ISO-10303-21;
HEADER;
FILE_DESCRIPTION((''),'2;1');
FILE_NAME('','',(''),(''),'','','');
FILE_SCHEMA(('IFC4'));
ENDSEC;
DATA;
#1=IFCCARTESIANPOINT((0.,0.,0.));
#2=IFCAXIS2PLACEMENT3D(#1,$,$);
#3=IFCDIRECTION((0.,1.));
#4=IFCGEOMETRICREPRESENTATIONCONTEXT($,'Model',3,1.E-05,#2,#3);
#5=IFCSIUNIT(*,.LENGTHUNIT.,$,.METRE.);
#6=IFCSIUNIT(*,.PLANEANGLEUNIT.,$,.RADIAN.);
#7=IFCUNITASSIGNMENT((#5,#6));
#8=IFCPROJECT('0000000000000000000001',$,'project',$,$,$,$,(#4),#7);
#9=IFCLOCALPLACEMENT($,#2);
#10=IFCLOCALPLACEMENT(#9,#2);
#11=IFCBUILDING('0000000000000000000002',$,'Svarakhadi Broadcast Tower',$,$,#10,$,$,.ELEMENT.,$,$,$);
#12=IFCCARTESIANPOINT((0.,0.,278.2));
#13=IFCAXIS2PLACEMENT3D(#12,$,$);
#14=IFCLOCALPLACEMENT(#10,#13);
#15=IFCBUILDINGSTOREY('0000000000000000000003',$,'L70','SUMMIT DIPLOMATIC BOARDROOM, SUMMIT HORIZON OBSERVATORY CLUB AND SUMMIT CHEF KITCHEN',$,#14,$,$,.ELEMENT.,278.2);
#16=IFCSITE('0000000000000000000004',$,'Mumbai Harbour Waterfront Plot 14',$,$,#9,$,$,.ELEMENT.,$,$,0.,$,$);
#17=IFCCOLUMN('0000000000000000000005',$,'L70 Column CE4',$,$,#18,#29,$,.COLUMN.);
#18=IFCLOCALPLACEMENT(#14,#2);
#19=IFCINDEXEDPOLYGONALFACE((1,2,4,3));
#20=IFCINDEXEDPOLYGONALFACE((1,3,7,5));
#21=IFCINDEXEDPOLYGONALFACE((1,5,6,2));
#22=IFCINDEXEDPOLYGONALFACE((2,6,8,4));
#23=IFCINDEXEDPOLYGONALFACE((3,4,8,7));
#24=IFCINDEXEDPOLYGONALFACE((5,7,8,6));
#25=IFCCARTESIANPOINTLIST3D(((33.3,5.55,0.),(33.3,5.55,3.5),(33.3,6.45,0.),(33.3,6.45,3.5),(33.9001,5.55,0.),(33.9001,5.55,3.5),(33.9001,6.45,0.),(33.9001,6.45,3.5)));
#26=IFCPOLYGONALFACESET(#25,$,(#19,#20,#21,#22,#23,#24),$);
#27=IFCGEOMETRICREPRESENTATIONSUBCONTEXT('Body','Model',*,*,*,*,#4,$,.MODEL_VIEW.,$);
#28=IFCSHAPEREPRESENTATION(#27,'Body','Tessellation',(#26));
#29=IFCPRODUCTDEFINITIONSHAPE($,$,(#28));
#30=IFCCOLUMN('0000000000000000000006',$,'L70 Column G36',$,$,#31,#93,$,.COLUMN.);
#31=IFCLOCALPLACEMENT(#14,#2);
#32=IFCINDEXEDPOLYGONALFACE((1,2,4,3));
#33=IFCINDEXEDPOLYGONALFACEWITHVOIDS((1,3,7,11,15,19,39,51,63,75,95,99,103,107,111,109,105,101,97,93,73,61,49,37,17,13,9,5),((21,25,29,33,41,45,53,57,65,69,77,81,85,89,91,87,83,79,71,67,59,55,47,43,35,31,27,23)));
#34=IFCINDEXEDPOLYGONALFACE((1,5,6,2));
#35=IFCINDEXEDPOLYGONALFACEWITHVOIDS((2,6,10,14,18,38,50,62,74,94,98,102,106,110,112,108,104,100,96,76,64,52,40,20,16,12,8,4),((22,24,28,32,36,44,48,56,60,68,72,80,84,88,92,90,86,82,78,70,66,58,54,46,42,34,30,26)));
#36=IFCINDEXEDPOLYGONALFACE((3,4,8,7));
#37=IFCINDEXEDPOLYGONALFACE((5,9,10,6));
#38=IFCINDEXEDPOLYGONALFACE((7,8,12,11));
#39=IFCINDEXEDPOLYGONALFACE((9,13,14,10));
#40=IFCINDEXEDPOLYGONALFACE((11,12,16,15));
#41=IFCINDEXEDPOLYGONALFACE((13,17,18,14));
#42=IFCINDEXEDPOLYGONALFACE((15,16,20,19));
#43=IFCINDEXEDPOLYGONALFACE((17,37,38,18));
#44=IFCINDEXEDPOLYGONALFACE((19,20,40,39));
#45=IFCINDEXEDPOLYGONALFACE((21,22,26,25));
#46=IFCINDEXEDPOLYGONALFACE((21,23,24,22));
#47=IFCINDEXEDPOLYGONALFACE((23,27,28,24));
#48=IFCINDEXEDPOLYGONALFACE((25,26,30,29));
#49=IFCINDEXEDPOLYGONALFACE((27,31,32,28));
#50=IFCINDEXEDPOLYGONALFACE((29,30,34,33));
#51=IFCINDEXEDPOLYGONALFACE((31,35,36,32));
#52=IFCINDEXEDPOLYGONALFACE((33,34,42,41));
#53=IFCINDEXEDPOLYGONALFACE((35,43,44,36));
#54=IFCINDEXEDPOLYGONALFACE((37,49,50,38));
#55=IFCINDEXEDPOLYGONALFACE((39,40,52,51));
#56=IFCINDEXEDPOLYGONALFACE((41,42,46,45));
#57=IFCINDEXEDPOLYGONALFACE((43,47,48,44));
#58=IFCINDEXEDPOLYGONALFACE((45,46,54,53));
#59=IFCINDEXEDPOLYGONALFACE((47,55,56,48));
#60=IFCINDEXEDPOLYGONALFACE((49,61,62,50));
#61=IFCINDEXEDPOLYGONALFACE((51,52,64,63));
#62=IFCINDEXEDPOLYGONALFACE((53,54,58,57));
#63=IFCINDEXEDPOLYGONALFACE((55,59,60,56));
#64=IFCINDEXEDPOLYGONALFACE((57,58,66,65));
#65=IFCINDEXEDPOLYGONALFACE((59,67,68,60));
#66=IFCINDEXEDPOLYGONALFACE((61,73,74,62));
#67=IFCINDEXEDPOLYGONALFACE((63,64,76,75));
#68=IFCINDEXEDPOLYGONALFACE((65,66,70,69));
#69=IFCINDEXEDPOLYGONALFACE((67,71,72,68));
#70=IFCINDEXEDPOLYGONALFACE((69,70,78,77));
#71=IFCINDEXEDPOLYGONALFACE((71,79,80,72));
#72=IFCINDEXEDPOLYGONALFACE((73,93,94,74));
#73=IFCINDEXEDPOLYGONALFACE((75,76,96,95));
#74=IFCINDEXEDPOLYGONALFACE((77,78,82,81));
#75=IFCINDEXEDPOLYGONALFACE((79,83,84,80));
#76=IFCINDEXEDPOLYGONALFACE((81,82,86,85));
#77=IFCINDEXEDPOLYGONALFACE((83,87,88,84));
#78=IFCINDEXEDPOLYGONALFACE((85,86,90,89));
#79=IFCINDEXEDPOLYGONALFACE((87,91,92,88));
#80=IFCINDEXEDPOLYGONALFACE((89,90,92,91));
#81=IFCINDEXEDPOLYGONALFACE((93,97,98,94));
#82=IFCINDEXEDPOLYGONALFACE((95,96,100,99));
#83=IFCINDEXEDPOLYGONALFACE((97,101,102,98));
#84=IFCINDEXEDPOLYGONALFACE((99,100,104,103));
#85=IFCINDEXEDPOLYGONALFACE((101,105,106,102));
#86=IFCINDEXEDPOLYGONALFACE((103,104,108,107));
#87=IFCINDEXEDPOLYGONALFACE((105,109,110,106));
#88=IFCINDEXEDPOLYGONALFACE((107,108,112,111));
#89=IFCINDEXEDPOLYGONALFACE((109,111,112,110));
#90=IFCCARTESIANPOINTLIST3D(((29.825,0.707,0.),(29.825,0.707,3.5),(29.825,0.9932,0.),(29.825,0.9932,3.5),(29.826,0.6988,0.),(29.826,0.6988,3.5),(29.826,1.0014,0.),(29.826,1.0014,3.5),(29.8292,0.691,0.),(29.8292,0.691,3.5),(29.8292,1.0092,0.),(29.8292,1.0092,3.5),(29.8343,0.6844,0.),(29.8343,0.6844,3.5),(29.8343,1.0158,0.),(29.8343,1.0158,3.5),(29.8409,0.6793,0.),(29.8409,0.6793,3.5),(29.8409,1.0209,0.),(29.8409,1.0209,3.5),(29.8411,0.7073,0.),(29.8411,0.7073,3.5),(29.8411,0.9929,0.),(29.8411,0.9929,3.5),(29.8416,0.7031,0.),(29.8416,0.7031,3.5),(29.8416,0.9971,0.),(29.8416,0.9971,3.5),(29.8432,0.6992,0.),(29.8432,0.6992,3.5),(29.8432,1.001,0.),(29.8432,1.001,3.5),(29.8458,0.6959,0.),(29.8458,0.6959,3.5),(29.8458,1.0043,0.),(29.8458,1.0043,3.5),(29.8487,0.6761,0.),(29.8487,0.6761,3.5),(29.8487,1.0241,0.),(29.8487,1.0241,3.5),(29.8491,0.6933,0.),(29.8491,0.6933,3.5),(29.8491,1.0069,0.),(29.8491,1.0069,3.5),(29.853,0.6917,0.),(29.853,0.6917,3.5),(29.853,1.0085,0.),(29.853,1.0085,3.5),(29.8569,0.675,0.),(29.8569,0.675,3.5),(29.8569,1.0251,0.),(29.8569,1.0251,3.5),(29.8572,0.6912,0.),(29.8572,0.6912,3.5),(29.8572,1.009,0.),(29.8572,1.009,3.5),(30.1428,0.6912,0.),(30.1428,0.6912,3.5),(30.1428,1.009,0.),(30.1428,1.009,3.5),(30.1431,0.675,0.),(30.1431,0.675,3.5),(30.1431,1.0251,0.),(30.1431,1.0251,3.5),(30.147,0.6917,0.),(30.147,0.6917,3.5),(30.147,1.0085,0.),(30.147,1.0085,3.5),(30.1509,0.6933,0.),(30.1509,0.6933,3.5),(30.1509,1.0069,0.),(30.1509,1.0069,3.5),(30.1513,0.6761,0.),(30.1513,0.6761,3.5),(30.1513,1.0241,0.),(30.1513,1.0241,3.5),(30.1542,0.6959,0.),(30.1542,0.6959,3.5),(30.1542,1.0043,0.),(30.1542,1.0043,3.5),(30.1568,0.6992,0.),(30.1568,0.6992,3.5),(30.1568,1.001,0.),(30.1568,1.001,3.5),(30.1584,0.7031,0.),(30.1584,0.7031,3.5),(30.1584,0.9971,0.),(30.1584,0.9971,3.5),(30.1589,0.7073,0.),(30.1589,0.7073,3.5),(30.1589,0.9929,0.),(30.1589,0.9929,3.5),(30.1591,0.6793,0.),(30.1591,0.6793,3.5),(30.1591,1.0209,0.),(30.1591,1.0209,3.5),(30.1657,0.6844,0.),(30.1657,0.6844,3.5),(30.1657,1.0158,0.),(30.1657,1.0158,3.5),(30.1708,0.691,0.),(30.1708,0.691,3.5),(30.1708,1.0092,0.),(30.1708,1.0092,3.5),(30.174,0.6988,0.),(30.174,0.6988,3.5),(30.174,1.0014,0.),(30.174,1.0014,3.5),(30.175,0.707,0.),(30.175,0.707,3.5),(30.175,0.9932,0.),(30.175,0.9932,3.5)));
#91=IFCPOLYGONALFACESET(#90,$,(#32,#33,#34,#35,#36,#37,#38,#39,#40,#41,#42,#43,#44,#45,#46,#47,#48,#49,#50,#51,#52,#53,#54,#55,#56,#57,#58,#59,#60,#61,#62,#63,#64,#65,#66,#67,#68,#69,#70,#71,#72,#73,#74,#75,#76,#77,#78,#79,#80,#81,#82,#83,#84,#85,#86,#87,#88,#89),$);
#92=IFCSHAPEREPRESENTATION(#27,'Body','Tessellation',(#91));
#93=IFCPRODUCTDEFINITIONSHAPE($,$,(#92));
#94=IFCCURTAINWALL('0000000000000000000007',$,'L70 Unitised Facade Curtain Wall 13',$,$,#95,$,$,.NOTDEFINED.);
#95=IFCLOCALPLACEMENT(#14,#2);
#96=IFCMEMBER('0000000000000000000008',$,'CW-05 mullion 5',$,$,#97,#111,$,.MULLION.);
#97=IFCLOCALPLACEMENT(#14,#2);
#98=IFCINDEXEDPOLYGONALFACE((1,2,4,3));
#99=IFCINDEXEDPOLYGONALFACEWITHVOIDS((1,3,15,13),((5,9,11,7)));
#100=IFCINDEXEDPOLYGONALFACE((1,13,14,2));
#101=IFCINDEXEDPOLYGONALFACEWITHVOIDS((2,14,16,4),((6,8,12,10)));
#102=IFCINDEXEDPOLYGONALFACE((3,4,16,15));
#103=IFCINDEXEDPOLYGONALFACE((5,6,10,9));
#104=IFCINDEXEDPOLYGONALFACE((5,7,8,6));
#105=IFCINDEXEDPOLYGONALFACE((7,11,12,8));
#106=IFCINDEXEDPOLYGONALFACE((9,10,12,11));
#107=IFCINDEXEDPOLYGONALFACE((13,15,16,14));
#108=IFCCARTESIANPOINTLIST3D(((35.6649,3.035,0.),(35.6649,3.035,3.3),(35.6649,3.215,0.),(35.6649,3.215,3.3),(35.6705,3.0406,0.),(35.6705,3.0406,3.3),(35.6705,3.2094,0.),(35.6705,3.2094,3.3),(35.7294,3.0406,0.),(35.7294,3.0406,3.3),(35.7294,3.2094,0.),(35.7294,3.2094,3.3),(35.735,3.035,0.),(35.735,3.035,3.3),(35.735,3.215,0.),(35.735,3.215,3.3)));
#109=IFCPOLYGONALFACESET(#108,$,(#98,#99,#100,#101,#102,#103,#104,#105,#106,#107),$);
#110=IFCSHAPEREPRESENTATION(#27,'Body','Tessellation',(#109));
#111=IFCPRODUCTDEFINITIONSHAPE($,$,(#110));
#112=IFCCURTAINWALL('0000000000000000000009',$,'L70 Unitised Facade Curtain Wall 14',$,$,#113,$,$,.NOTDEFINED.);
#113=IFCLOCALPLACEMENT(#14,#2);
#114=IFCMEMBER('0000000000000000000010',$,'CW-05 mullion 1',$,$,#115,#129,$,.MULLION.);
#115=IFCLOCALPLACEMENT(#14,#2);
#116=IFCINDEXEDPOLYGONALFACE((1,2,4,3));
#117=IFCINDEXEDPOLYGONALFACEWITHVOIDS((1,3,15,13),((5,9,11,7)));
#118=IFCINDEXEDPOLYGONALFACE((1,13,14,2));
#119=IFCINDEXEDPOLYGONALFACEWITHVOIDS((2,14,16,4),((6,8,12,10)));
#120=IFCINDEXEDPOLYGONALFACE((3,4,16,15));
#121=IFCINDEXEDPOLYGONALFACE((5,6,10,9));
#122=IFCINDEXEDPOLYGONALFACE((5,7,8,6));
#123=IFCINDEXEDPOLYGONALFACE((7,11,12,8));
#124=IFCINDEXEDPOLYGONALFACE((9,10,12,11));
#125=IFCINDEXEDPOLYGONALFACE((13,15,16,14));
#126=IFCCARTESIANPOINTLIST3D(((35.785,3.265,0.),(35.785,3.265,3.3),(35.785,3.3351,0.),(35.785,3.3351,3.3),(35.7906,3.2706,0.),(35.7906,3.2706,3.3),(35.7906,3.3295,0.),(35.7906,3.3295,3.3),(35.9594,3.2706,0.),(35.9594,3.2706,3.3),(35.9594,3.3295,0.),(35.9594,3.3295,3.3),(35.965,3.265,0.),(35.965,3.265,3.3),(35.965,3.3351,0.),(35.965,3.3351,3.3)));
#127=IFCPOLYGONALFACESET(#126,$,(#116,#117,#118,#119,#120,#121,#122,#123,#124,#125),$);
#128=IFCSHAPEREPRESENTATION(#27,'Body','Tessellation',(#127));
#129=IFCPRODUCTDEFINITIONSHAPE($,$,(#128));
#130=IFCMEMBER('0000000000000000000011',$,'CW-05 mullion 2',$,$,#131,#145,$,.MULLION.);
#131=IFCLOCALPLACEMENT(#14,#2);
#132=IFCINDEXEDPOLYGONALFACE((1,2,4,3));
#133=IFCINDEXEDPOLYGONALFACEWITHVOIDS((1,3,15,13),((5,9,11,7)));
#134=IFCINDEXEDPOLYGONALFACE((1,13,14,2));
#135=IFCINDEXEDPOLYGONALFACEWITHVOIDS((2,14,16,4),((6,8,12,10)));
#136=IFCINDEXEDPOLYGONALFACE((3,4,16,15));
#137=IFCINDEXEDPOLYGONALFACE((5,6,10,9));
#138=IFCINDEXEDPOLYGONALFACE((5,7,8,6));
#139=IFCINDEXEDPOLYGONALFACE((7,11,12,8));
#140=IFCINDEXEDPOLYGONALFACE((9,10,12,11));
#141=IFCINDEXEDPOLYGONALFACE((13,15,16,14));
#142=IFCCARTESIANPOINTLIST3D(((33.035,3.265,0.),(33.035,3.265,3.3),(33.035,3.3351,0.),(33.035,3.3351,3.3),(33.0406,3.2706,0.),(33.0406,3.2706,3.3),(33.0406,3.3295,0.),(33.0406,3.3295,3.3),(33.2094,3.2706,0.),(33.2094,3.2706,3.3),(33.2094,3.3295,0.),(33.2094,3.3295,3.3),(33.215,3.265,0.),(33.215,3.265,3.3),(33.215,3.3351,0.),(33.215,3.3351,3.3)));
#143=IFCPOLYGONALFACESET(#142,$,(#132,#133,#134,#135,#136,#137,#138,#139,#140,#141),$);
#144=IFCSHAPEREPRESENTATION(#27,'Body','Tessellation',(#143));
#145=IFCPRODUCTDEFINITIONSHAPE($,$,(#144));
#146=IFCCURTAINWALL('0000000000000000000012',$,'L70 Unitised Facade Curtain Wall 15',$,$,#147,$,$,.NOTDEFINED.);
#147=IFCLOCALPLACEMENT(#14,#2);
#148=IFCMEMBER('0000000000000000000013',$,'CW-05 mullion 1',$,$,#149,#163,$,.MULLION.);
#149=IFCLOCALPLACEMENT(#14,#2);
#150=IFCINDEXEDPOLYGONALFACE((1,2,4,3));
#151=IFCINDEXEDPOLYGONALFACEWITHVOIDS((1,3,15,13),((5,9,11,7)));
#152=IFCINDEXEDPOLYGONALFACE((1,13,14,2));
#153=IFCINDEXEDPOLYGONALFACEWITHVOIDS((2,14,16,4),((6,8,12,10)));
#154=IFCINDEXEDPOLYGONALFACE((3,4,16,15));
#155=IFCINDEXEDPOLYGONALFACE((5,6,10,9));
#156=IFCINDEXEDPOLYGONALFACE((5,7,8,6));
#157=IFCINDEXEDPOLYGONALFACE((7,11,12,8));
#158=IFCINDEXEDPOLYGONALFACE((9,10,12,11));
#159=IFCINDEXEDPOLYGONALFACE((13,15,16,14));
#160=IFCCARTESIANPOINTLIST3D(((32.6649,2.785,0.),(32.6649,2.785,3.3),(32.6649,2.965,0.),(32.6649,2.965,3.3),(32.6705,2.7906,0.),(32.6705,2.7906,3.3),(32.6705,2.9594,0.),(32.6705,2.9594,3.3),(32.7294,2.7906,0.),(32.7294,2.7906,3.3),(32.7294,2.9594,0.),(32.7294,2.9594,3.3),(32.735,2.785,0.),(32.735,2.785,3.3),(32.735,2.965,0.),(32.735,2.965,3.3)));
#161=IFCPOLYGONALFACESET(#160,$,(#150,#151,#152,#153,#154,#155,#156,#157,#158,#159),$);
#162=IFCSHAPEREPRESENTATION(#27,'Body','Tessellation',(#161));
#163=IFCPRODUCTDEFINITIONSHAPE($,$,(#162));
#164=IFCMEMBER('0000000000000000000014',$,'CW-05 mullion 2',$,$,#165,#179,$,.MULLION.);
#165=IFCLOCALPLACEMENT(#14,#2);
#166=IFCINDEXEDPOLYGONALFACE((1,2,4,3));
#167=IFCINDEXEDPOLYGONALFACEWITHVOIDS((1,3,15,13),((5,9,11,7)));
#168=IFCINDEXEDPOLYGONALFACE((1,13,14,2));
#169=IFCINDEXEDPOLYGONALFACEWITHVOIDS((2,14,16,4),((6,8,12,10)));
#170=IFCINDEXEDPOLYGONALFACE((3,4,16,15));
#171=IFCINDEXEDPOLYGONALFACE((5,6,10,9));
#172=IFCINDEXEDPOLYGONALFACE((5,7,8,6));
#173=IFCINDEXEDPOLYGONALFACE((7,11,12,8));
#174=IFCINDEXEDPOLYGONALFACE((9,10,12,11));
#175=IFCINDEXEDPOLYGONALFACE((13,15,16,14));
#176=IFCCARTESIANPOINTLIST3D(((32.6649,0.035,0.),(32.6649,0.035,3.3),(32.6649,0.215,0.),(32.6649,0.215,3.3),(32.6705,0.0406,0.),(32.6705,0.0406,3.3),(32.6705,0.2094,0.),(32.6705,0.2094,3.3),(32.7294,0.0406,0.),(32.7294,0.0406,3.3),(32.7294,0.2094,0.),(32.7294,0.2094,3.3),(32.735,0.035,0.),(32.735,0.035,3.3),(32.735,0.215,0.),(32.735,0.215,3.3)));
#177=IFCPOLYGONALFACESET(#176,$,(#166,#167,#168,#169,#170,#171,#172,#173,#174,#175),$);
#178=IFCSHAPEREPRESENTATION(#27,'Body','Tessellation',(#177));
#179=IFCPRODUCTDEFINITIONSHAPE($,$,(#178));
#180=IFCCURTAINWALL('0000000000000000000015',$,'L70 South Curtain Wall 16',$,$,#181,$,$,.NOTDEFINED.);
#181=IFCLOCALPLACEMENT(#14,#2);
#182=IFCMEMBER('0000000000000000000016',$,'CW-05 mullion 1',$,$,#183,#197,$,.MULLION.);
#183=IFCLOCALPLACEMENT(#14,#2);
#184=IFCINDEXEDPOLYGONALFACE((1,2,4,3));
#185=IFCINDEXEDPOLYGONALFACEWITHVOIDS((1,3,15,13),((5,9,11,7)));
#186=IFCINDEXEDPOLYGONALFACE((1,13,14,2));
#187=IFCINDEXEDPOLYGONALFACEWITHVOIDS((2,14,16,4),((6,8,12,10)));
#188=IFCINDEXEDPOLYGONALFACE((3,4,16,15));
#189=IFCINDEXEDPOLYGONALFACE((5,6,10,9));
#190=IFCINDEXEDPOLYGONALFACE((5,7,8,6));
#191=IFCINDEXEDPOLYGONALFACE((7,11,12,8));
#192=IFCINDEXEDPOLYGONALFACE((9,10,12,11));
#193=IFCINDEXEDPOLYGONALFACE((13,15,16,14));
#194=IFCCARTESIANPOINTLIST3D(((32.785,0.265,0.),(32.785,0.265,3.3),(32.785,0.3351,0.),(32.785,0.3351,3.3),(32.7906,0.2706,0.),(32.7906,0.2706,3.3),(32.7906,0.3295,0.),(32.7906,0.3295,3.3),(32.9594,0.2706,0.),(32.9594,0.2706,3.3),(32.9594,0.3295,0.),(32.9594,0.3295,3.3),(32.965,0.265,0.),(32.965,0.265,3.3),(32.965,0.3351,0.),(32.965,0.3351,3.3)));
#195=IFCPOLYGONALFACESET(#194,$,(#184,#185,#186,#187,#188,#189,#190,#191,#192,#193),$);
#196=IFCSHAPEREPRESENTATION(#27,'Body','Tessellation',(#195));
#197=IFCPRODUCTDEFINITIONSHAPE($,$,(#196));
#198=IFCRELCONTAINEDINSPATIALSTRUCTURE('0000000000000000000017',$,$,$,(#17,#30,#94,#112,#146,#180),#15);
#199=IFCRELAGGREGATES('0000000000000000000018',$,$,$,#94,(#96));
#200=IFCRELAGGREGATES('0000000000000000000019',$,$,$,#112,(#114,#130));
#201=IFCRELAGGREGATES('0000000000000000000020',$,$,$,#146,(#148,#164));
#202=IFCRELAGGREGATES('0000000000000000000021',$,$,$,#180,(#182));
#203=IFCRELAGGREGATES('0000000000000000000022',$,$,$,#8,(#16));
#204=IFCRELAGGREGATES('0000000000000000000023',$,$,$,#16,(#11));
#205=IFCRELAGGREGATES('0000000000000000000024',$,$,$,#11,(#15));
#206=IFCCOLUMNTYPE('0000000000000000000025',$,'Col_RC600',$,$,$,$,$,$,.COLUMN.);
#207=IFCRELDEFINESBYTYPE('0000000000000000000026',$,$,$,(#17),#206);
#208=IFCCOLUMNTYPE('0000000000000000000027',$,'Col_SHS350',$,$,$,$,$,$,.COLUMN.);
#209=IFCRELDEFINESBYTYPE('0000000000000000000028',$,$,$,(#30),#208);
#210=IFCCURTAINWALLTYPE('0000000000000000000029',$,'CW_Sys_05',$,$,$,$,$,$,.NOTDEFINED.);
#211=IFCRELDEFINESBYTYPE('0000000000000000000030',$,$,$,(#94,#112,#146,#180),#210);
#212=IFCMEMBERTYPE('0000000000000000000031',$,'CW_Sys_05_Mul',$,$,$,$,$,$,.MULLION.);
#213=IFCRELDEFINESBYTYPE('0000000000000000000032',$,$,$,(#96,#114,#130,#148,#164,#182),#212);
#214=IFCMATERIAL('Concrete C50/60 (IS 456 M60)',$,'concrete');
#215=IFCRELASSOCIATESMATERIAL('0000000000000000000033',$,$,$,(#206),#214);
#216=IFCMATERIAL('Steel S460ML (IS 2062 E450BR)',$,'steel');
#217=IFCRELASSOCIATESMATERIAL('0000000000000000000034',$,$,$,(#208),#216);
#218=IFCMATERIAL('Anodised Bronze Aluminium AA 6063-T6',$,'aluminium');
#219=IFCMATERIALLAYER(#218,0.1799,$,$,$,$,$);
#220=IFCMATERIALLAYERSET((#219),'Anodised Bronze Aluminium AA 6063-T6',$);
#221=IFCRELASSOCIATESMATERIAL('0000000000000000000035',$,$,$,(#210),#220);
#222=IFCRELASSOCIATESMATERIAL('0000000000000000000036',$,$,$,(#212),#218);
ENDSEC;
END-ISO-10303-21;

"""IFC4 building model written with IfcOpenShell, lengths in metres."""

from ifc_helpers import new_model, si_unit, direction, frame, origin, origin_2d, place, context, subcontext, project, spatial, rectangle, hollow_rectangle, extrude, material, layer, layer_set, material_profile, profile_set, type_object, element, aggregate, save


model = new_model("IFC4")

# Units and contexts
model_context = context("Model", 3, precision=1e-05, world=origin(), true_north=direction((0.0, 1.0)))
body_context = subcontext(model_context, "Body", "Model", "MODEL_VIEW")
ifc_project = project(units=[si_unit("LENGTHUNIT", "METRE"), si_unit("PLANEANGLEUNIT", "RADIAN")], contexts=[model_context])

# Site, building, storey
site_placement = place(None, origin())
site = spatial("IfcSite", under=ifc_project, at=site_placement, Name="Mumbai Harbour Waterfront Plot 14", CompositionType="ELEMENT", RefElevation=0.0)
building_placement = place(site_placement, origin())
building = spatial("IfcBuilding", under=site, at=building_placement, Name="Svarakhadi Broadcast Tower", CompositionType="ELEMENT")
storey_placement = place(building_placement, frame((0.0, 0.0, 278.2)))
storey = spatial("IfcBuildingStorey", under=building, at=storey_placement, Name="L70", Description="SUMMIT DIPLOMATIC BOARDROOM, SUMMIT HORIZON OBSERVATORY CLUB AND SUMMIT CHEF KITCHEN", CompositionType="ELEMENT", Elevation=278.2)

# Columns
ifc_material_1 = material(Name="Concrete C50/60 (IS 456 M60)", Category="concrete")
ifc_material_profile_1 = material_profile(ifc_material_1, rectangle(XDim=0.6001, YDim=0.8999, at=origin_2d()), Name="RC 600x900")
ifc_profile_set_1 = profile_set([ifc_material_profile_1], Name="Concrete C50/60 (IS 456 M60)")
column_type_1 = type_object("IfcColumnType", Name="Col_RC600", PredefinedType="COLUMN", material=ifc_profile_set_1)
column_1_placement = place(storey_placement, frame((33.6001, 6.0, 0.0), z_axis=(0.0, 0.0, 1.0), x_axis=(1.0, 0.0, 0.0)))
element("IfcColumn", 1, at=column_1_placement, inside=storey, type_object=column_type_1, Name="L70 Column CE4", PredefinedType="COLUMN", context=body_context, shape_type="SweptSolid", body=[
    extrude(rectangle(XDim=0.6001, YDim=0.8999, at=origin_2d()), origin(), (0.0, 0.0, 1.0), 3.5),
])
ifc_material_2 = material(Name="Steel S460ML (IS 2062 E450BR)", Category="steel")
ifc_material_profile_2 = material_profile(ifc_material_2, hollow_rectangle(XDim=0.3501, YDim=0.3501, WallThickness=0.0161, InnerFilletRadius=0.0161, OuterFilletRadius=0.032, at=origin_2d()), Name="SHS 350x350x16")
ifc_profile_set_2 = profile_set([ifc_material_profile_2], Name="Steel S460ML (IS 2062 E450BR)")
column_type_2 = type_object("IfcColumnType", Name="Col_SHS350", PredefinedType="COLUMN", material=ifc_profile_set_2)
column_2_placement = place(storey_placement, frame((30.0, 0.8501, 0.0), z_axis=(0.0, 0.0, 1.0), x_axis=(1.0, 0.0, 0.0)))
element("IfcColumn", 2, at=column_2_placement, inside=storey, type_object=column_type_2, Name="L70 Column G36", PredefinedType="COLUMN", context=body_context, shape_type="SweptSolid", body=[
    extrude(hollow_rectangle(XDim=0.3501, YDim=0.3501, WallThickness=0.0161, InnerFilletRadius=0.0161, OuterFilletRadius=0.032, at=origin_2d()), origin(), (0.0, 0.0, 1.0), 3.5),
])

# Curtain wall, member
ifc_material_3 = material(Name="Anodised Bronze Aluminium AA 6063-T6", Category="aluminium")
ifc_layer_1 = layer(ifc_material_3, 0.1799)
ifc_layer_set_1 = layer_set([ifc_layer_1], Name="Anodised Bronze Aluminium AA 6063-T6")
curtain_wall_type = type_object("IfcCurtainWallType", Name="CW_Sys_05", PredefinedType="NOTDEFINED", material=ifc_layer_set_1)
curtain_wall_1_placement = place(storey_placement, origin())
curtain_wall_1 = element("IfcCurtainWall", 3, at=curtain_wall_1_placement, inside=storey, type_object=curtain_wall_type, Name="L70 Unitised Facade Curtain Wall 13", PredefinedType="NOTDEFINED")
ifc_material_profile_3 = material_profile(ifc_material_3, hollow_rectangle(XDim=0.0701, YDim=0.1799, WallThickness=0.0056, at=origin_2d()), Name="ALU MULLION 180x70x6")
ifc_profile_set_3 = profile_set([ifc_material_profile_3], Name="Anodised Bronze Aluminium AA 6063-T6")
member_type_1 = type_object("IfcMemberType", Name="CW_Sys_05_Mul", PredefinedType="MULLION", material=ifc_profile_set_3)
member_1_placement = place(storey_placement, frame((35.7, 3.125, 0.0), z_axis=(0.0, 0.0, 1.0), x_axis=(1.0, 0.0, 0.0)))
member_1 = element("IfcMember", 4, at=member_1_placement, type_object=member_type_1, Name="CW-05 mullion 5", PredefinedType="MULLION", context=body_context, shape_type="SweptSolid", body=[
    extrude(hollow_rectangle(XDim=0.0701, YDim=0.1799, WallThickness=0.0056, at=origin_2d()), origin(), (0.0, 0.0, 1.0), 3.3),
])

# Curtain walls, members
curtain_wall_2_placement = place(storey_placement, origin())
curtain_wall_2 = element("IfcCurtainWall", 5, at=curtain_wall_2_placement, inside=storey, type_object=curtain_wall_type, Name="L70 Unitised Facade Curtain Wall 14", PredefinedType="NOTDEFINED")
member_2_placement = place(storey_placement, frame((35.875, 3.3, 0.0), z_axis=(0.0, 0.0, 1.0), x_axis=(0.0, -1.0, 0.0)))
member_2 = element("IfcMember", 6, at=member_2_placement, type_object=member_type_1, Name="CW-05 mullion 1", PredefinedType="MULLION", context=body_context, shape_type="SweptSolid", body=[
    extrude(hollow_rectangle(XDim=0.0701, YDim=0.1799, WallThickness=0.0056, at=origin_2d()), origin(), (0.0, 0.0, 1.0), 3.3),
])
member_3_placement = place(storey_placement, frame((33.125, 3.3, 0.0), z_axis=(0.0, 0.0, 1.0), x_axis=(0.0, -1.0, 0.0)))
member_3 = element("IfcMember", 7, at=member_3_placement, type_object=member_type_1, Name="CW-05 mullion 2", PredefinedType="MULLION", context=body_context, shape_type="SweptSolid", body=[
    extrude(hollow_rectangle(XDim=0.0701, YDim=0.1799, WallThickness=0.0056, at=origin_2d()), origin(), (0.0, 0.0, 1.0), 3.3),
])
curtain_wall_3_placement = place(storey_placement, origin())
curtain_wall_3 = element("IfcCurtainWall", 8, at=curtain_wall_3_placement, inside=storey, type_object=curtain_wall_type, Name="L70 Unitised Facade Curtain Wall 15", PredefinedType="NOTDEFINED")
member_4_placement = place(storey_placement, frame((32.7, 2.875, 0.0), z_axis=(0.0, 0.0, 1.0), x_axis=(1.0, 0.0, 0.0)))
member_4 = element("IfcMember", 9, at=member_4_placement, type_object=member_type_1, Name="CW-05 mullion 1", PredefinedType="MULLION", context=body_context, shape_type="SweptSolid", body=[
    extrude(hollow_rectangle(XDim=0.0701, YDim=0.1799, WallThickness=0.0056, at=origin_2d()), origin(), (0.0, 0.0, 1.0), 3.3),
])
member_5_placement = place(storey_placement, frame((32.7, 0.125, 0.0), z_axis=(0.0, 0.0, 1.0), x_axis=(1.0, 0.0, 0.0)))
member_5 = element("IfcMember", 10, at=member_5_placement, type_object=member_type_1, Name="CW-05 mullion 2", PredefinedType="MULLION", context=body_context, shape_type="SweptSolid", body=[
    extrude(hollow_rectangle(XDim=0.0701, YDim=0.1799, WallThickness=0.0056, at=origin_2d()), origin(), (0.0, 0.0, 1.0), 3.3),
])

# Curtain wall, member
curtain_wall_4_placement = place(storey_placement, origin())
curtain_wall_4 = element("IfcCurtainWall", 11, at=curtain_wall_4_placement, inside=storey, type_object=curtain_wall_type, Name="L70 South Curtain Wall 16", PredefinedType="NOTDEFINED")
member_6_placement = place(storey_placement, frame((32.875, 0.3, 0.0), z_axis=(0.0, 0.0, 1.0), x_axis=(0.0, -1.0, 0.0)))
member_6 = element("IfcMember", 12, at=member_6_placement, type_object=member_type_1, Name="CW-05 mullion 1", PredefinedType="MULLION", context=body_context, shape_type="SweptSolid", body=[
    extrude(hollow_rectangle(XDim=0.0701, YDim=0.1799, WallThickness=0.0056, at=origin_2d()), origin(), (0.0, 0.0, 1.0), 3.3),
])

aggregate(curtain_wall_1, [member_1])
aggregate(curtain_wall_2, [member_2, member_3])
aggregate(curtain_wall_3, [member_4, member_5])
aggregate(curtain_wall_4, [member_6])

save(model, "model.ifc")
